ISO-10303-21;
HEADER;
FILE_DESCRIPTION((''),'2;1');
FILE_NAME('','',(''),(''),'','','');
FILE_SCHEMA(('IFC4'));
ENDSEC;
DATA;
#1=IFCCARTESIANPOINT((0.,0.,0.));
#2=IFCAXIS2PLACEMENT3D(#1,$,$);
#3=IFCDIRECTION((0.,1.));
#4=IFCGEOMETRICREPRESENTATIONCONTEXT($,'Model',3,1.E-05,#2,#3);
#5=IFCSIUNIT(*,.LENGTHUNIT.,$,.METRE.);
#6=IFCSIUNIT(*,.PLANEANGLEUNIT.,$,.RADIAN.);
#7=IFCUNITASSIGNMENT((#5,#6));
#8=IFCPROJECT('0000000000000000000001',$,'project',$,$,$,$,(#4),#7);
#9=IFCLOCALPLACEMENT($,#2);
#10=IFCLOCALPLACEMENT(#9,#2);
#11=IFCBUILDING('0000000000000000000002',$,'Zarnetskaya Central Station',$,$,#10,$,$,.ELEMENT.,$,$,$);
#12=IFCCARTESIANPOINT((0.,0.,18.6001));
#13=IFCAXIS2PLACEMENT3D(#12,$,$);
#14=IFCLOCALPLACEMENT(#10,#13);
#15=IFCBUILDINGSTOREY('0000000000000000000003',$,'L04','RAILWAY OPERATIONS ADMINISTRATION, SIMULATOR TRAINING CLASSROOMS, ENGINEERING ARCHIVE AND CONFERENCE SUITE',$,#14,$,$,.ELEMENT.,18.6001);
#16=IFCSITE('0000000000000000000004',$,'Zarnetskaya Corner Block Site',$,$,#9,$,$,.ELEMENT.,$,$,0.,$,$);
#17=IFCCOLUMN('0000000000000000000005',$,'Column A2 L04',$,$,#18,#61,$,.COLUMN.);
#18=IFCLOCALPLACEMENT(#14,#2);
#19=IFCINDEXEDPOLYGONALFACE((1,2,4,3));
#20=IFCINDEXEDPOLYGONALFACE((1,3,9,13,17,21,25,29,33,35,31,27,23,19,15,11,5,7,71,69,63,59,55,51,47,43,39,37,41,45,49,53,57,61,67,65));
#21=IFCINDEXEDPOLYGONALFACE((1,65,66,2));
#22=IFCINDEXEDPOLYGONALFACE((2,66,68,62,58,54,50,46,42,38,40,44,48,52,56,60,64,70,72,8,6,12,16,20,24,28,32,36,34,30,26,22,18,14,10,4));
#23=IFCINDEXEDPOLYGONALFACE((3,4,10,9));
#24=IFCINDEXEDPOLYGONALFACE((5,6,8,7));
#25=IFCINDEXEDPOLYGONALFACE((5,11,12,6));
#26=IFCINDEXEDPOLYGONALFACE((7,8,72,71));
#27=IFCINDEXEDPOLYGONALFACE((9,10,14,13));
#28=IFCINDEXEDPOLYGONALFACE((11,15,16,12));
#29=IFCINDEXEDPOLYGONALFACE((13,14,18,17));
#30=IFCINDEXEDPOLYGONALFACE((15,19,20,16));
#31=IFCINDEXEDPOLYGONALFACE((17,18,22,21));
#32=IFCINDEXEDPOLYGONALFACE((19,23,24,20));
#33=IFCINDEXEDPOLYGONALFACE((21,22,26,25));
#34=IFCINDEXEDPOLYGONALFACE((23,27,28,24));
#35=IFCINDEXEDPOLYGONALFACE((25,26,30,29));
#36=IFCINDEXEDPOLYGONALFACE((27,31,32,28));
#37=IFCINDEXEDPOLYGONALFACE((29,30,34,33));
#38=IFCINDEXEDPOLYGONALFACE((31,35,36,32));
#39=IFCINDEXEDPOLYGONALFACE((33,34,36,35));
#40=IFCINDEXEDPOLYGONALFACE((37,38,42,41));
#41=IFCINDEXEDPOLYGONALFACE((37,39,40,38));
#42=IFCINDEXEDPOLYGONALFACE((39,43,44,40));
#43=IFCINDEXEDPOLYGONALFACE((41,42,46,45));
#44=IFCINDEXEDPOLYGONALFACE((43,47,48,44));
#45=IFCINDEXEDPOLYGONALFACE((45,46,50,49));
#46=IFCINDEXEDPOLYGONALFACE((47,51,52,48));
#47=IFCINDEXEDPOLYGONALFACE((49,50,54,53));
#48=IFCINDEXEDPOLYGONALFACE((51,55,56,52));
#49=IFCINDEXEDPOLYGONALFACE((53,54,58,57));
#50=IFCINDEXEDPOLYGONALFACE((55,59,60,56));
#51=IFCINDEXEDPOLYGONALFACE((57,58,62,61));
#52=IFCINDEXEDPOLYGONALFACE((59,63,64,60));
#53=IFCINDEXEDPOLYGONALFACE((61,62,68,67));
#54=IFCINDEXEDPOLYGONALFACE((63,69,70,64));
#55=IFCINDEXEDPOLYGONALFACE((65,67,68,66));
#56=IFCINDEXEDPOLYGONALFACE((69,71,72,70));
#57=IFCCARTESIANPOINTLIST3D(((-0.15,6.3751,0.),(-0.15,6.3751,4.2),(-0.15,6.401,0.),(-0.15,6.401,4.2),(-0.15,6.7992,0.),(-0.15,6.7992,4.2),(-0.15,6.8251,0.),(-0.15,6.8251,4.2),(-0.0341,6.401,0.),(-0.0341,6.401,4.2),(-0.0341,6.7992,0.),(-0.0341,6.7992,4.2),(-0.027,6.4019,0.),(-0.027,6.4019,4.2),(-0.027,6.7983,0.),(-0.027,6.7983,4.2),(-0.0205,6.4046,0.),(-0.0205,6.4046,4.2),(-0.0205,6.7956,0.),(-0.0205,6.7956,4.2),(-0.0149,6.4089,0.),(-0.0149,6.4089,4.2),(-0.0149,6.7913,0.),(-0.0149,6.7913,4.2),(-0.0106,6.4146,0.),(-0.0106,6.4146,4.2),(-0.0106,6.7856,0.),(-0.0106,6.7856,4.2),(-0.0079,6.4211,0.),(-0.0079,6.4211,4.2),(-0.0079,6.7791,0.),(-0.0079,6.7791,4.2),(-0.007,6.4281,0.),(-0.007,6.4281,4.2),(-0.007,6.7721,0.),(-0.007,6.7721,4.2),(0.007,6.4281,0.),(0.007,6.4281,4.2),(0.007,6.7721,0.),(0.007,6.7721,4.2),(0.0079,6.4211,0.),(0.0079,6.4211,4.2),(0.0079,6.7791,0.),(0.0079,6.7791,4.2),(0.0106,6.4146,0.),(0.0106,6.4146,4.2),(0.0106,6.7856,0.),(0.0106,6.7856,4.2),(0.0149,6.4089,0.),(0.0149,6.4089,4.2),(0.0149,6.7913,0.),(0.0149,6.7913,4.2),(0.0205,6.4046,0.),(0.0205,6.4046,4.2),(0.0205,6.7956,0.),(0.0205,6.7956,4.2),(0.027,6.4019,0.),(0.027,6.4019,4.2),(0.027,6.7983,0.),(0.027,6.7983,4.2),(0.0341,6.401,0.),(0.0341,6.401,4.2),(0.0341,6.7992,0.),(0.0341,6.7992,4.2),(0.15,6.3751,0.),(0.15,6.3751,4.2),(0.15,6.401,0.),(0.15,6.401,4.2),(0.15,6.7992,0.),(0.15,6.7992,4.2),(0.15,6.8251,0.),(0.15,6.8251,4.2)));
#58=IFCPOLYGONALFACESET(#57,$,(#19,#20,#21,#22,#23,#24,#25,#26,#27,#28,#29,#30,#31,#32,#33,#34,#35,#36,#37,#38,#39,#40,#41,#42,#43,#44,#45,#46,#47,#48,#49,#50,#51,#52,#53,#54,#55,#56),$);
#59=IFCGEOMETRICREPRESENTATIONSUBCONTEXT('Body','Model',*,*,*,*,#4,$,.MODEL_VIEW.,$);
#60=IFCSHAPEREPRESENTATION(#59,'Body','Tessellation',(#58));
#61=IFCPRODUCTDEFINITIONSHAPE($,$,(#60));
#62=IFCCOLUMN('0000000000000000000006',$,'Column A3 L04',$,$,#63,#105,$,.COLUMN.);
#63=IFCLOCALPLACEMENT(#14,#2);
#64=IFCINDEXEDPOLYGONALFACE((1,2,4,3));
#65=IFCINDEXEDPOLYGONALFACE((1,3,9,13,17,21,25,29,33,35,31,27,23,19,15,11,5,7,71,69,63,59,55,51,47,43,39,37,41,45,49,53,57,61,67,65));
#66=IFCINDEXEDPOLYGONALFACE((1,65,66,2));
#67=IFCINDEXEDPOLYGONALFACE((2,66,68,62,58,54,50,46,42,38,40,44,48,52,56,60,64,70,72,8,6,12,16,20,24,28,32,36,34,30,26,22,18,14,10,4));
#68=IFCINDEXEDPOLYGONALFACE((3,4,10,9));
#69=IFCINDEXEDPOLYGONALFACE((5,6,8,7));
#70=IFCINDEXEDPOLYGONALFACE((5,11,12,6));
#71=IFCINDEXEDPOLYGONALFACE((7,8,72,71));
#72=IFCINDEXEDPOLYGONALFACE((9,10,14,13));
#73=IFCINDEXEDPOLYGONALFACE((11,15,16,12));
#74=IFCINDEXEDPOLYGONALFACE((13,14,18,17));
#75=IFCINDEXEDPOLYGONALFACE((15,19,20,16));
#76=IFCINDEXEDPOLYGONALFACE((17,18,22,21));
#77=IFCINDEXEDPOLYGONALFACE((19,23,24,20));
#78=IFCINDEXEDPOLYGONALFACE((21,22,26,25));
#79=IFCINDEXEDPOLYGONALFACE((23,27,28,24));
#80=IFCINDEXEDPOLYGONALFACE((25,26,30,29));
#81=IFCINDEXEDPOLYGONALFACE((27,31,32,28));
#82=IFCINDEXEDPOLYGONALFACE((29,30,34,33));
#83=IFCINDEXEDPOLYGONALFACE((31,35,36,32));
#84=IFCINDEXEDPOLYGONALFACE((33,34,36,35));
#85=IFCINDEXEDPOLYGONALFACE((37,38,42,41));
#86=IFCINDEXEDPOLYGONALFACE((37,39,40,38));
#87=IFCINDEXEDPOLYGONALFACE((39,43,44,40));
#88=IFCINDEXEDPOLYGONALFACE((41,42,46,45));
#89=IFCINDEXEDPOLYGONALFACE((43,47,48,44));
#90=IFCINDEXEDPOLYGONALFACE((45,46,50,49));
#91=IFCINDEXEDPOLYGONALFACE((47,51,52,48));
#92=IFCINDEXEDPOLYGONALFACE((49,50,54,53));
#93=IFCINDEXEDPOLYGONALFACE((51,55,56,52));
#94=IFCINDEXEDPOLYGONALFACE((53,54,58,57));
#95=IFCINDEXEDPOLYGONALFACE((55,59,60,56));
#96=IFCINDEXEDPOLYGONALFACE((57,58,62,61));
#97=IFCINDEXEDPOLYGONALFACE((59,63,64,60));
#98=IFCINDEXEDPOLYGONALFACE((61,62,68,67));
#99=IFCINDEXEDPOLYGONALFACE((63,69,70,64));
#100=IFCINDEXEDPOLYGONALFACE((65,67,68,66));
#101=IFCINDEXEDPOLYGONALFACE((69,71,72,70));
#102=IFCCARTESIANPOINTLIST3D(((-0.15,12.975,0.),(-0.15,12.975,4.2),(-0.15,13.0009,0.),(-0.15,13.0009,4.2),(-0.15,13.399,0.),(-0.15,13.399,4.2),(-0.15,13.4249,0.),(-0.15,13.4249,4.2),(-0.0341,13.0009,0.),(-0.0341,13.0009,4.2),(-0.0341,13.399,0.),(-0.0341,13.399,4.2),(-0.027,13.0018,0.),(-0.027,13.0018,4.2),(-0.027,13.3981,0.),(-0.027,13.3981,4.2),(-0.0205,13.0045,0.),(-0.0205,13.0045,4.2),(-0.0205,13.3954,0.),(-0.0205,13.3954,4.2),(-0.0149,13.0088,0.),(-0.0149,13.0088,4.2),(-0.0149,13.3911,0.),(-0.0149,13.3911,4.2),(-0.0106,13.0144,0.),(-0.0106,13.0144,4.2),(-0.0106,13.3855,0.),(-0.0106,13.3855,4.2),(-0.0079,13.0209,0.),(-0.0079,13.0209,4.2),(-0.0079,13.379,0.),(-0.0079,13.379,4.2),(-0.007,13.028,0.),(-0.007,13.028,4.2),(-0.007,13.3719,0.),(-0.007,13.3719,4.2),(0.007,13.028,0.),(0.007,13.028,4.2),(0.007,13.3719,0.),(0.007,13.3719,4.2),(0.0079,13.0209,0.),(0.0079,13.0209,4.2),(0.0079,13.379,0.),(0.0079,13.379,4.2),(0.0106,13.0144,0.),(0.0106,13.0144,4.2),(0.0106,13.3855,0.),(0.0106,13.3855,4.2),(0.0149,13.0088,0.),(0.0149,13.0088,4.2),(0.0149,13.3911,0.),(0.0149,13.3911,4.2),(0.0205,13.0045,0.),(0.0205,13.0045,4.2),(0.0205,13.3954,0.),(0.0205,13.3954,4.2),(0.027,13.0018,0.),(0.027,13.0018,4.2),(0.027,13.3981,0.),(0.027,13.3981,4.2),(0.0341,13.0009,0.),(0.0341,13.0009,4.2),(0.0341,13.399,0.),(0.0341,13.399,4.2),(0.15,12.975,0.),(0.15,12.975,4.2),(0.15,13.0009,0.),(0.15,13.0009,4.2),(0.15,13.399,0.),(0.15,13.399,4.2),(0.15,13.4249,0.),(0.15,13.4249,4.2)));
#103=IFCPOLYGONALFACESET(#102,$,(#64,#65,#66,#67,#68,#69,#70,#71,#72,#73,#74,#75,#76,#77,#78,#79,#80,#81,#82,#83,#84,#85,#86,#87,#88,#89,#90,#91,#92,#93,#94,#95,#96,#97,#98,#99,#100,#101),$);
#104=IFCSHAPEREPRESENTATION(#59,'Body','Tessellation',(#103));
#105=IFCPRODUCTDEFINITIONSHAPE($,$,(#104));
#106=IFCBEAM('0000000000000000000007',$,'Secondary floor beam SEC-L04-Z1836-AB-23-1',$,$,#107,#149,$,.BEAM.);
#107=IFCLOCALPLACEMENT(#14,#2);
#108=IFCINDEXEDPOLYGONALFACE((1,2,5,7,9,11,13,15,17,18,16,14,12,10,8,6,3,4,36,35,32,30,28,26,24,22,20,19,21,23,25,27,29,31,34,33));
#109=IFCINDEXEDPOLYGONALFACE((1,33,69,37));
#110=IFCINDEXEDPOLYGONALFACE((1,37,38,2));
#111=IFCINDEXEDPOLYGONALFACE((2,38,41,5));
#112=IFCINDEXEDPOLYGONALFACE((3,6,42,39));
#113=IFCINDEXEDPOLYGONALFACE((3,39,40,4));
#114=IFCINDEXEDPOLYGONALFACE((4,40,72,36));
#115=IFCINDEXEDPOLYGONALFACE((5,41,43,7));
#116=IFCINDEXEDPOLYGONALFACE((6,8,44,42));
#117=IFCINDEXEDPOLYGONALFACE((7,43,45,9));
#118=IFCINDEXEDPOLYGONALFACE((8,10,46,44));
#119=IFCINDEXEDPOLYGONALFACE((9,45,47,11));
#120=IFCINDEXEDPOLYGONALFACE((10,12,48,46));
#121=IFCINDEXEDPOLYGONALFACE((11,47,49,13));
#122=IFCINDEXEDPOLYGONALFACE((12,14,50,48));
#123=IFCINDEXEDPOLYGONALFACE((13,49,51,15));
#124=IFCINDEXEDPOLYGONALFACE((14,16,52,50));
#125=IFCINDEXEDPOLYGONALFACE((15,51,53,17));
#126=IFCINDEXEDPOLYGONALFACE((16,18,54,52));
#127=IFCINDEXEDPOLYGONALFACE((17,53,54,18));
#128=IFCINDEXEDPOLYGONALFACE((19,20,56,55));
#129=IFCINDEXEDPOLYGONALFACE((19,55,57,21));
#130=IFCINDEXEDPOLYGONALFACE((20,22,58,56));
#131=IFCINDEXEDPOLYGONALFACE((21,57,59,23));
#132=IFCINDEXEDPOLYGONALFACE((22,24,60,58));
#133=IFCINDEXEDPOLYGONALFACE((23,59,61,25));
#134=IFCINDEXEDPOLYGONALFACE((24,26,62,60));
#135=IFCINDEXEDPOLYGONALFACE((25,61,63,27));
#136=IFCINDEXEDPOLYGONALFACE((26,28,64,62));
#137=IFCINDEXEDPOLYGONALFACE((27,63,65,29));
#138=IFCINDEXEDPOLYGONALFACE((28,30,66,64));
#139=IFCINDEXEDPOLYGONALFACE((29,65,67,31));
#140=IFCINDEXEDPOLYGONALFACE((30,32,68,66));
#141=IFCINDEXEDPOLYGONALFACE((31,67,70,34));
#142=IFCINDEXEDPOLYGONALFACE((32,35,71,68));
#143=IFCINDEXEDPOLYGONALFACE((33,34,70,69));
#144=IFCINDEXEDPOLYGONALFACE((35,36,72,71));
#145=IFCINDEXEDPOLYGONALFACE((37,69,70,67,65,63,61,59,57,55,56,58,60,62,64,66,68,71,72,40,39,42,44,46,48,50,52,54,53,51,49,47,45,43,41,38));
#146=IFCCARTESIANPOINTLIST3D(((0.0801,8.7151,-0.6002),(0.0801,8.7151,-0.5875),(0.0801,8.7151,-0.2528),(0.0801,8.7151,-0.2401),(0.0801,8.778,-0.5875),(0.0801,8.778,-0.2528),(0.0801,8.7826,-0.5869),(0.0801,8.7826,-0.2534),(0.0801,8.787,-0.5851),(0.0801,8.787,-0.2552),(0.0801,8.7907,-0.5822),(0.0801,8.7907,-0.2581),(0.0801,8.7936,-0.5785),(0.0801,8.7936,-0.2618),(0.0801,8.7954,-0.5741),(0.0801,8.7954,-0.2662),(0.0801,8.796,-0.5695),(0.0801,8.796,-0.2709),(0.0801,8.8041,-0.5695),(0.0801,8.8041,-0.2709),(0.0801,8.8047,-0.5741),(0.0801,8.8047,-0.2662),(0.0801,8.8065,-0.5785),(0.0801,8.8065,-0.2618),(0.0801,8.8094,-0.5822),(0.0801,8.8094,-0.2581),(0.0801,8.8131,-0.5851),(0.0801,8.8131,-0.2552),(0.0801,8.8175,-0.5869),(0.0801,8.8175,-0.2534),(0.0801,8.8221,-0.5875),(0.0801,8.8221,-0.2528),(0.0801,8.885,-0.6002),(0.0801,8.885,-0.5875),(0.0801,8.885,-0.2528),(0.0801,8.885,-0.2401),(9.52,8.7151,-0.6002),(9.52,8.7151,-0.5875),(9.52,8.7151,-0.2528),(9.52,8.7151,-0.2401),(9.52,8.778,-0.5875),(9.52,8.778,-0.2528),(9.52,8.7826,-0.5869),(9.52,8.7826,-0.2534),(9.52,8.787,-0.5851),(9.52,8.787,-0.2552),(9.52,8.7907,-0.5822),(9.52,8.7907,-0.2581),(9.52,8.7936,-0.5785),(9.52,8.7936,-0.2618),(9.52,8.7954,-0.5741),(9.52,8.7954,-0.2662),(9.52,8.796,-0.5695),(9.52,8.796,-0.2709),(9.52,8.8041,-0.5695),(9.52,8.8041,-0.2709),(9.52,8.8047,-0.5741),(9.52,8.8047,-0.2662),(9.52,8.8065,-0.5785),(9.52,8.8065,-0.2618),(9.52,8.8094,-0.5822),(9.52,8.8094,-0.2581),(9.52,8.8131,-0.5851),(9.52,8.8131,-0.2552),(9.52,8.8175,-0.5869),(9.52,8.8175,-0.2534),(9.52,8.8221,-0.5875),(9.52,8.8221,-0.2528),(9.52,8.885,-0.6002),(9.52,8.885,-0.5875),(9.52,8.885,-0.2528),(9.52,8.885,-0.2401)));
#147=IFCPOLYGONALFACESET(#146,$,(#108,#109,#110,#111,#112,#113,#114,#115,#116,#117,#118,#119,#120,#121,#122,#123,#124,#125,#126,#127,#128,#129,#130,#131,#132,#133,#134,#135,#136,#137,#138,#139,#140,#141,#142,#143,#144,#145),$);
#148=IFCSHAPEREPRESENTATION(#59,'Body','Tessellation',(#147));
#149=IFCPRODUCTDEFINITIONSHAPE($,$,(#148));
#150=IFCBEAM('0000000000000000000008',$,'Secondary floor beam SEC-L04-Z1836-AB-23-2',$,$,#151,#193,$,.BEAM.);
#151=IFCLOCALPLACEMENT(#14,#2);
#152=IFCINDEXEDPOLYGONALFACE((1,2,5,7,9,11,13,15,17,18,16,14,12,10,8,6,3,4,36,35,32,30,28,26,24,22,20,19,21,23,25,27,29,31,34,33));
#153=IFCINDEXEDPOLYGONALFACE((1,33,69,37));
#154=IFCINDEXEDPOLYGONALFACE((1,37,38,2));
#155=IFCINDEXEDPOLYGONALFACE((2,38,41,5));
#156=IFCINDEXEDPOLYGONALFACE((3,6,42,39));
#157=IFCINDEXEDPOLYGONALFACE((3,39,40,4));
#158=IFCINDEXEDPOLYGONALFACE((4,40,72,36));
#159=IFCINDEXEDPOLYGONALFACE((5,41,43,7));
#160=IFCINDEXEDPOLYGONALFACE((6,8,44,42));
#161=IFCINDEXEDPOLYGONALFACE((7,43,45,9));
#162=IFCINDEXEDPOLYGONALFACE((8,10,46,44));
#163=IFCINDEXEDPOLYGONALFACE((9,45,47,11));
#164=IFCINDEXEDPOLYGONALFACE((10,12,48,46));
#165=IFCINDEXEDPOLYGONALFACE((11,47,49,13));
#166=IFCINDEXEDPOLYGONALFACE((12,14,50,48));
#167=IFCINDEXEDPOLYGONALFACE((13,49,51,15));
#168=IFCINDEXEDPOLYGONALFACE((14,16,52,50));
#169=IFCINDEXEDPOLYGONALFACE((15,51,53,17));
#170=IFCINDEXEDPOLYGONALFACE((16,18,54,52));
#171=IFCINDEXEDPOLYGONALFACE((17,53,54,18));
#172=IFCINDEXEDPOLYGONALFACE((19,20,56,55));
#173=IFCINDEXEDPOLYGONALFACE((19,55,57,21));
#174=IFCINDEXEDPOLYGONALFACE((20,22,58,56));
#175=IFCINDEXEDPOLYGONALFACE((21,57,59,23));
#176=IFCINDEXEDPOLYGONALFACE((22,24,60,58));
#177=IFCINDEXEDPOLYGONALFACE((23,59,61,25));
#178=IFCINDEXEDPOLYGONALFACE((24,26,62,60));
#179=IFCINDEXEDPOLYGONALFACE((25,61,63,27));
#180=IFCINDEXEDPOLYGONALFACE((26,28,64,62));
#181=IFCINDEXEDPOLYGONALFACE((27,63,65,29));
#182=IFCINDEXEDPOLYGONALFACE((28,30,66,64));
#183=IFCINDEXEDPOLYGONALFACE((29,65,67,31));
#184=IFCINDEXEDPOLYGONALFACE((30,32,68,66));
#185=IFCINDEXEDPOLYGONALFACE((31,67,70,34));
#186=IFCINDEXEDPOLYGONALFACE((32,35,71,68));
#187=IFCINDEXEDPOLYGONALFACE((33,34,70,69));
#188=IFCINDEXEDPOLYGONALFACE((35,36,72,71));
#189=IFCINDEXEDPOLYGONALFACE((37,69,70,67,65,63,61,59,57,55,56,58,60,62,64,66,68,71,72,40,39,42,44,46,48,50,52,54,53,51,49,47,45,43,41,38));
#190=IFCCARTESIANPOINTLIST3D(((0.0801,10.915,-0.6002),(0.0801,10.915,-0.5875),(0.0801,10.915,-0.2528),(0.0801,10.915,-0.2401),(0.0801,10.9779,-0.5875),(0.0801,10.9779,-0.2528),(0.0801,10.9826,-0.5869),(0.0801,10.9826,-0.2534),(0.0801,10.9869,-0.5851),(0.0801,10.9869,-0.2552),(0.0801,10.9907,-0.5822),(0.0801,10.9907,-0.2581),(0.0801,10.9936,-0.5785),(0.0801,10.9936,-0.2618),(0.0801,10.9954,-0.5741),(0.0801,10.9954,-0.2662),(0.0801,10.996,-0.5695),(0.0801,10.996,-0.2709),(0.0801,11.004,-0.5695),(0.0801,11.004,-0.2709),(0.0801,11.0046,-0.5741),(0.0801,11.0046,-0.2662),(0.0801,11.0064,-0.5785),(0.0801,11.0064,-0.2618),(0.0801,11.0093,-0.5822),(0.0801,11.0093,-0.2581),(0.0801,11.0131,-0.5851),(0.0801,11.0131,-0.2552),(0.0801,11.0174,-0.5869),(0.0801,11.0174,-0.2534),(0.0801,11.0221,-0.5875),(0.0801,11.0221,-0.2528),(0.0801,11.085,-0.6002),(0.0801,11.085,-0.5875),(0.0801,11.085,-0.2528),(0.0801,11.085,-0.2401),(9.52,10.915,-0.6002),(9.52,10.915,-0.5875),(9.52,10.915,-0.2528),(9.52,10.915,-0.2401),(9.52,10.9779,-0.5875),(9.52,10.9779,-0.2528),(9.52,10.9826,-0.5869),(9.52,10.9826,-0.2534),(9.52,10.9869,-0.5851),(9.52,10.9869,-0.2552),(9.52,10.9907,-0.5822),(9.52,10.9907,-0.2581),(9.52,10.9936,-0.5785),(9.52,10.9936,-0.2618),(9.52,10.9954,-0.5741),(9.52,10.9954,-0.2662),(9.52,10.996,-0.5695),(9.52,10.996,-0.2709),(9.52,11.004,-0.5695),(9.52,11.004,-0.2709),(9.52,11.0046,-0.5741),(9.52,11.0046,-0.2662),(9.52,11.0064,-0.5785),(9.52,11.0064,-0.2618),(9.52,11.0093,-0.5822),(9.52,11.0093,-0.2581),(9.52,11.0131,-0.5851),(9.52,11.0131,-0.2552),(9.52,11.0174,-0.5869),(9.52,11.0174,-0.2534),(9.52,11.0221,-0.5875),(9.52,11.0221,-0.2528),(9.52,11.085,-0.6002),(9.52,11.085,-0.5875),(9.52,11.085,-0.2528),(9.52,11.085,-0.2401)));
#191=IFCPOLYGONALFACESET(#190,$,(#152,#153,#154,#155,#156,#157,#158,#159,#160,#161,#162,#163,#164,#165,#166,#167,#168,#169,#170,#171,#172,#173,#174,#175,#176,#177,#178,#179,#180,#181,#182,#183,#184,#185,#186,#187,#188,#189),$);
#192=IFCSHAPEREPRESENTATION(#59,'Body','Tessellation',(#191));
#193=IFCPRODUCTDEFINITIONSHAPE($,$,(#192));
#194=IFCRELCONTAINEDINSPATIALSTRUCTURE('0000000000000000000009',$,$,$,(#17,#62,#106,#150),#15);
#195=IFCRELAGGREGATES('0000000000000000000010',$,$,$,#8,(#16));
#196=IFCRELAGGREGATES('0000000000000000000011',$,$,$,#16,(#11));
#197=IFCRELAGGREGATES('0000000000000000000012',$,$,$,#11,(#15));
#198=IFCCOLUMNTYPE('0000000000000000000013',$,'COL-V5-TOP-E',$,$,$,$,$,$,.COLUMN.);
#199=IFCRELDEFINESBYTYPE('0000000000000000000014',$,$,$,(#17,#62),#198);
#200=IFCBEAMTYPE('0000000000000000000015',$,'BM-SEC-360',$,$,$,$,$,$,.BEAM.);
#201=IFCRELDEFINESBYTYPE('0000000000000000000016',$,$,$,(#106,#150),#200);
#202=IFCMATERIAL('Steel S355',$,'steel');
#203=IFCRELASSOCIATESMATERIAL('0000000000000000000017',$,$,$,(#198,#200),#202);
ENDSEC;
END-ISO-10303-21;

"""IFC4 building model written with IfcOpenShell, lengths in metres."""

from ifc_helpers import new_model, si_unit, direction, frame, origin, origin_2d, place, context, subcontext, project, spatial, i_section, extrude, material, material_profile, profile_set, type_object, element, save


model = new_model("IFC4")

# Units and contexts
model_context = context("Model", 3, precision=1e-05, world=origin(), true_north=direction((0.0, 1.0)))
body_context = subcontext(model_context, "Body", "Model", "MODEL_VIEW")
ifc_project = project(units=[si_unit("LENGTHUNIT", "METRE"), si_unit("PLANEANGLEUNIT", "RADIAN")], contexts=[model_context])

# Site, building, storey
site_placement = place(None, origin())
site = spatial("IfcSite", under=ifc_project, at=site_placement, Name="Zarnetskaya Corner Block Site", CompositionType="ELEMENT", RefElevation=0.0)
building_placement = place(site_placement, origin())
building = spatial("IfcBuilding", under=site, at=building_placement, Name="Zarnetskaya Central Station", CompositionType="ELEMENT")
storey_placement = place(building_placement, frame((0.0, 0.0, 18.6001)))
storey = spatial("IfcBuildingStorey", under=building, at=storey_placement, Name="L04", Description="RAILWAY OPERATIONS ADMINISTRATION, SIMULATOR TRAINING CLASSROOMS, ENGINEERING ARCHIVE AND CONFERENCE SUITE", CompositionType="ELEMENT", Elevation=18.6001)

# Columns
ifc_material_1 = material(Name="Steel S355", Category="steel")
ifc_material_profile_1 = material_profile(ifc_material_1, i_section(OverallWidth=0.3, OverallDepth=0.45, WebThickness=0.0139, FlangeThickness=0.0259, FilletRadius=0.0271, at=origin_2d()), Name="HEB 450")
ifc_profile_set_1 = profile_set([ifc_material_profile_1], Name="Steel S355")
column_type = type_object("IfcColumnType", Name="COL-V5-TOP-E", PredefinedType="COLUMN", material=ifc_profile_set_1)
for number, where, z_axis, x_axis, name in (
    (1, (0.0, 6.6001, 0.0), (0.0, 0.0, 1.0), (1.0, 0.0, 0.0), "Column A2 L04"),
    (2, (0.0, 13.2, 0.0), (0.0, 0.0, 1.0), (1.0, 0.0, 0.0), "Column A3 L04"),
):
    element("IfcColumn", number, at=place(storey_placement, frame(where, z_axis=z_axis, x_axis=x_axis)), inside=storey, type_object=column_type, Name=name, PredefinedType="COLUMN", context=body_context, shape_type="SweptSolid", body=[
        extrude(i_section(OverallWidth=0.3, OverallDepth=0.45, WebThickness=0.0139, FlangeThickness=0.0259, FilletRadius=0.0271, at=origin_2d()), origin(), (0.0, 0.0, 1.0), 4.2),
    ])

# Beams
ifc_material_profile_2 = material_profile(ifc_material_1, i_section(OverallWidth=0.1699, OverallDepth=0.3601, WebThickness=0.0081, FlangeThickness=0.0127, FilletRadius=0.0181, at=origin_2d()), Name="IPE 360")
ifc_profile_set_2 = profile_set([ifc_material_profile_2], Name="Steel S355")
beam_type_1 = type_object("IfcBeamType", Name="BM-SEC-360", PredefinedType="BEAM", material=ifc_profile_set_2)
for number, where, z_axis, x_axis, name in (
    (3, (0.0801, 8.8, -0.4202), (1.0, 0.0, 0.0), (0.0, 1.0, 0.0), "Secondary floor beam SEC-L04-Z1836-AB-23-1"),
    (4, (0.0801, 11.0, -0.4202), (1.0, 0.0, 0.0), (0.0, 1.0, 0.0), "Secondary floor beam SEC-L04-Z1836-AB-23-2"),
):
    element("IfcBeam", number, at=place(storey_placement, frame(where, z_axis=z_axis, x_axis=x_axis)), inside=storey, type_object=beam_type_1, Name=name, PredefinedType="BEAM", context=body_context, shape_type="SweptSolid", body=[
        extrude(i_section(OverallWidth=0.1699, OverallDepth=0.3601, WebThickness=0.0081, FlangeThickness=0.0127, FilletRadius=0.0181, at=origin_2d()), origin(), (0.0, 0.0, 1.0), 9.4399),
    ])

save(model, "model.ifc")
